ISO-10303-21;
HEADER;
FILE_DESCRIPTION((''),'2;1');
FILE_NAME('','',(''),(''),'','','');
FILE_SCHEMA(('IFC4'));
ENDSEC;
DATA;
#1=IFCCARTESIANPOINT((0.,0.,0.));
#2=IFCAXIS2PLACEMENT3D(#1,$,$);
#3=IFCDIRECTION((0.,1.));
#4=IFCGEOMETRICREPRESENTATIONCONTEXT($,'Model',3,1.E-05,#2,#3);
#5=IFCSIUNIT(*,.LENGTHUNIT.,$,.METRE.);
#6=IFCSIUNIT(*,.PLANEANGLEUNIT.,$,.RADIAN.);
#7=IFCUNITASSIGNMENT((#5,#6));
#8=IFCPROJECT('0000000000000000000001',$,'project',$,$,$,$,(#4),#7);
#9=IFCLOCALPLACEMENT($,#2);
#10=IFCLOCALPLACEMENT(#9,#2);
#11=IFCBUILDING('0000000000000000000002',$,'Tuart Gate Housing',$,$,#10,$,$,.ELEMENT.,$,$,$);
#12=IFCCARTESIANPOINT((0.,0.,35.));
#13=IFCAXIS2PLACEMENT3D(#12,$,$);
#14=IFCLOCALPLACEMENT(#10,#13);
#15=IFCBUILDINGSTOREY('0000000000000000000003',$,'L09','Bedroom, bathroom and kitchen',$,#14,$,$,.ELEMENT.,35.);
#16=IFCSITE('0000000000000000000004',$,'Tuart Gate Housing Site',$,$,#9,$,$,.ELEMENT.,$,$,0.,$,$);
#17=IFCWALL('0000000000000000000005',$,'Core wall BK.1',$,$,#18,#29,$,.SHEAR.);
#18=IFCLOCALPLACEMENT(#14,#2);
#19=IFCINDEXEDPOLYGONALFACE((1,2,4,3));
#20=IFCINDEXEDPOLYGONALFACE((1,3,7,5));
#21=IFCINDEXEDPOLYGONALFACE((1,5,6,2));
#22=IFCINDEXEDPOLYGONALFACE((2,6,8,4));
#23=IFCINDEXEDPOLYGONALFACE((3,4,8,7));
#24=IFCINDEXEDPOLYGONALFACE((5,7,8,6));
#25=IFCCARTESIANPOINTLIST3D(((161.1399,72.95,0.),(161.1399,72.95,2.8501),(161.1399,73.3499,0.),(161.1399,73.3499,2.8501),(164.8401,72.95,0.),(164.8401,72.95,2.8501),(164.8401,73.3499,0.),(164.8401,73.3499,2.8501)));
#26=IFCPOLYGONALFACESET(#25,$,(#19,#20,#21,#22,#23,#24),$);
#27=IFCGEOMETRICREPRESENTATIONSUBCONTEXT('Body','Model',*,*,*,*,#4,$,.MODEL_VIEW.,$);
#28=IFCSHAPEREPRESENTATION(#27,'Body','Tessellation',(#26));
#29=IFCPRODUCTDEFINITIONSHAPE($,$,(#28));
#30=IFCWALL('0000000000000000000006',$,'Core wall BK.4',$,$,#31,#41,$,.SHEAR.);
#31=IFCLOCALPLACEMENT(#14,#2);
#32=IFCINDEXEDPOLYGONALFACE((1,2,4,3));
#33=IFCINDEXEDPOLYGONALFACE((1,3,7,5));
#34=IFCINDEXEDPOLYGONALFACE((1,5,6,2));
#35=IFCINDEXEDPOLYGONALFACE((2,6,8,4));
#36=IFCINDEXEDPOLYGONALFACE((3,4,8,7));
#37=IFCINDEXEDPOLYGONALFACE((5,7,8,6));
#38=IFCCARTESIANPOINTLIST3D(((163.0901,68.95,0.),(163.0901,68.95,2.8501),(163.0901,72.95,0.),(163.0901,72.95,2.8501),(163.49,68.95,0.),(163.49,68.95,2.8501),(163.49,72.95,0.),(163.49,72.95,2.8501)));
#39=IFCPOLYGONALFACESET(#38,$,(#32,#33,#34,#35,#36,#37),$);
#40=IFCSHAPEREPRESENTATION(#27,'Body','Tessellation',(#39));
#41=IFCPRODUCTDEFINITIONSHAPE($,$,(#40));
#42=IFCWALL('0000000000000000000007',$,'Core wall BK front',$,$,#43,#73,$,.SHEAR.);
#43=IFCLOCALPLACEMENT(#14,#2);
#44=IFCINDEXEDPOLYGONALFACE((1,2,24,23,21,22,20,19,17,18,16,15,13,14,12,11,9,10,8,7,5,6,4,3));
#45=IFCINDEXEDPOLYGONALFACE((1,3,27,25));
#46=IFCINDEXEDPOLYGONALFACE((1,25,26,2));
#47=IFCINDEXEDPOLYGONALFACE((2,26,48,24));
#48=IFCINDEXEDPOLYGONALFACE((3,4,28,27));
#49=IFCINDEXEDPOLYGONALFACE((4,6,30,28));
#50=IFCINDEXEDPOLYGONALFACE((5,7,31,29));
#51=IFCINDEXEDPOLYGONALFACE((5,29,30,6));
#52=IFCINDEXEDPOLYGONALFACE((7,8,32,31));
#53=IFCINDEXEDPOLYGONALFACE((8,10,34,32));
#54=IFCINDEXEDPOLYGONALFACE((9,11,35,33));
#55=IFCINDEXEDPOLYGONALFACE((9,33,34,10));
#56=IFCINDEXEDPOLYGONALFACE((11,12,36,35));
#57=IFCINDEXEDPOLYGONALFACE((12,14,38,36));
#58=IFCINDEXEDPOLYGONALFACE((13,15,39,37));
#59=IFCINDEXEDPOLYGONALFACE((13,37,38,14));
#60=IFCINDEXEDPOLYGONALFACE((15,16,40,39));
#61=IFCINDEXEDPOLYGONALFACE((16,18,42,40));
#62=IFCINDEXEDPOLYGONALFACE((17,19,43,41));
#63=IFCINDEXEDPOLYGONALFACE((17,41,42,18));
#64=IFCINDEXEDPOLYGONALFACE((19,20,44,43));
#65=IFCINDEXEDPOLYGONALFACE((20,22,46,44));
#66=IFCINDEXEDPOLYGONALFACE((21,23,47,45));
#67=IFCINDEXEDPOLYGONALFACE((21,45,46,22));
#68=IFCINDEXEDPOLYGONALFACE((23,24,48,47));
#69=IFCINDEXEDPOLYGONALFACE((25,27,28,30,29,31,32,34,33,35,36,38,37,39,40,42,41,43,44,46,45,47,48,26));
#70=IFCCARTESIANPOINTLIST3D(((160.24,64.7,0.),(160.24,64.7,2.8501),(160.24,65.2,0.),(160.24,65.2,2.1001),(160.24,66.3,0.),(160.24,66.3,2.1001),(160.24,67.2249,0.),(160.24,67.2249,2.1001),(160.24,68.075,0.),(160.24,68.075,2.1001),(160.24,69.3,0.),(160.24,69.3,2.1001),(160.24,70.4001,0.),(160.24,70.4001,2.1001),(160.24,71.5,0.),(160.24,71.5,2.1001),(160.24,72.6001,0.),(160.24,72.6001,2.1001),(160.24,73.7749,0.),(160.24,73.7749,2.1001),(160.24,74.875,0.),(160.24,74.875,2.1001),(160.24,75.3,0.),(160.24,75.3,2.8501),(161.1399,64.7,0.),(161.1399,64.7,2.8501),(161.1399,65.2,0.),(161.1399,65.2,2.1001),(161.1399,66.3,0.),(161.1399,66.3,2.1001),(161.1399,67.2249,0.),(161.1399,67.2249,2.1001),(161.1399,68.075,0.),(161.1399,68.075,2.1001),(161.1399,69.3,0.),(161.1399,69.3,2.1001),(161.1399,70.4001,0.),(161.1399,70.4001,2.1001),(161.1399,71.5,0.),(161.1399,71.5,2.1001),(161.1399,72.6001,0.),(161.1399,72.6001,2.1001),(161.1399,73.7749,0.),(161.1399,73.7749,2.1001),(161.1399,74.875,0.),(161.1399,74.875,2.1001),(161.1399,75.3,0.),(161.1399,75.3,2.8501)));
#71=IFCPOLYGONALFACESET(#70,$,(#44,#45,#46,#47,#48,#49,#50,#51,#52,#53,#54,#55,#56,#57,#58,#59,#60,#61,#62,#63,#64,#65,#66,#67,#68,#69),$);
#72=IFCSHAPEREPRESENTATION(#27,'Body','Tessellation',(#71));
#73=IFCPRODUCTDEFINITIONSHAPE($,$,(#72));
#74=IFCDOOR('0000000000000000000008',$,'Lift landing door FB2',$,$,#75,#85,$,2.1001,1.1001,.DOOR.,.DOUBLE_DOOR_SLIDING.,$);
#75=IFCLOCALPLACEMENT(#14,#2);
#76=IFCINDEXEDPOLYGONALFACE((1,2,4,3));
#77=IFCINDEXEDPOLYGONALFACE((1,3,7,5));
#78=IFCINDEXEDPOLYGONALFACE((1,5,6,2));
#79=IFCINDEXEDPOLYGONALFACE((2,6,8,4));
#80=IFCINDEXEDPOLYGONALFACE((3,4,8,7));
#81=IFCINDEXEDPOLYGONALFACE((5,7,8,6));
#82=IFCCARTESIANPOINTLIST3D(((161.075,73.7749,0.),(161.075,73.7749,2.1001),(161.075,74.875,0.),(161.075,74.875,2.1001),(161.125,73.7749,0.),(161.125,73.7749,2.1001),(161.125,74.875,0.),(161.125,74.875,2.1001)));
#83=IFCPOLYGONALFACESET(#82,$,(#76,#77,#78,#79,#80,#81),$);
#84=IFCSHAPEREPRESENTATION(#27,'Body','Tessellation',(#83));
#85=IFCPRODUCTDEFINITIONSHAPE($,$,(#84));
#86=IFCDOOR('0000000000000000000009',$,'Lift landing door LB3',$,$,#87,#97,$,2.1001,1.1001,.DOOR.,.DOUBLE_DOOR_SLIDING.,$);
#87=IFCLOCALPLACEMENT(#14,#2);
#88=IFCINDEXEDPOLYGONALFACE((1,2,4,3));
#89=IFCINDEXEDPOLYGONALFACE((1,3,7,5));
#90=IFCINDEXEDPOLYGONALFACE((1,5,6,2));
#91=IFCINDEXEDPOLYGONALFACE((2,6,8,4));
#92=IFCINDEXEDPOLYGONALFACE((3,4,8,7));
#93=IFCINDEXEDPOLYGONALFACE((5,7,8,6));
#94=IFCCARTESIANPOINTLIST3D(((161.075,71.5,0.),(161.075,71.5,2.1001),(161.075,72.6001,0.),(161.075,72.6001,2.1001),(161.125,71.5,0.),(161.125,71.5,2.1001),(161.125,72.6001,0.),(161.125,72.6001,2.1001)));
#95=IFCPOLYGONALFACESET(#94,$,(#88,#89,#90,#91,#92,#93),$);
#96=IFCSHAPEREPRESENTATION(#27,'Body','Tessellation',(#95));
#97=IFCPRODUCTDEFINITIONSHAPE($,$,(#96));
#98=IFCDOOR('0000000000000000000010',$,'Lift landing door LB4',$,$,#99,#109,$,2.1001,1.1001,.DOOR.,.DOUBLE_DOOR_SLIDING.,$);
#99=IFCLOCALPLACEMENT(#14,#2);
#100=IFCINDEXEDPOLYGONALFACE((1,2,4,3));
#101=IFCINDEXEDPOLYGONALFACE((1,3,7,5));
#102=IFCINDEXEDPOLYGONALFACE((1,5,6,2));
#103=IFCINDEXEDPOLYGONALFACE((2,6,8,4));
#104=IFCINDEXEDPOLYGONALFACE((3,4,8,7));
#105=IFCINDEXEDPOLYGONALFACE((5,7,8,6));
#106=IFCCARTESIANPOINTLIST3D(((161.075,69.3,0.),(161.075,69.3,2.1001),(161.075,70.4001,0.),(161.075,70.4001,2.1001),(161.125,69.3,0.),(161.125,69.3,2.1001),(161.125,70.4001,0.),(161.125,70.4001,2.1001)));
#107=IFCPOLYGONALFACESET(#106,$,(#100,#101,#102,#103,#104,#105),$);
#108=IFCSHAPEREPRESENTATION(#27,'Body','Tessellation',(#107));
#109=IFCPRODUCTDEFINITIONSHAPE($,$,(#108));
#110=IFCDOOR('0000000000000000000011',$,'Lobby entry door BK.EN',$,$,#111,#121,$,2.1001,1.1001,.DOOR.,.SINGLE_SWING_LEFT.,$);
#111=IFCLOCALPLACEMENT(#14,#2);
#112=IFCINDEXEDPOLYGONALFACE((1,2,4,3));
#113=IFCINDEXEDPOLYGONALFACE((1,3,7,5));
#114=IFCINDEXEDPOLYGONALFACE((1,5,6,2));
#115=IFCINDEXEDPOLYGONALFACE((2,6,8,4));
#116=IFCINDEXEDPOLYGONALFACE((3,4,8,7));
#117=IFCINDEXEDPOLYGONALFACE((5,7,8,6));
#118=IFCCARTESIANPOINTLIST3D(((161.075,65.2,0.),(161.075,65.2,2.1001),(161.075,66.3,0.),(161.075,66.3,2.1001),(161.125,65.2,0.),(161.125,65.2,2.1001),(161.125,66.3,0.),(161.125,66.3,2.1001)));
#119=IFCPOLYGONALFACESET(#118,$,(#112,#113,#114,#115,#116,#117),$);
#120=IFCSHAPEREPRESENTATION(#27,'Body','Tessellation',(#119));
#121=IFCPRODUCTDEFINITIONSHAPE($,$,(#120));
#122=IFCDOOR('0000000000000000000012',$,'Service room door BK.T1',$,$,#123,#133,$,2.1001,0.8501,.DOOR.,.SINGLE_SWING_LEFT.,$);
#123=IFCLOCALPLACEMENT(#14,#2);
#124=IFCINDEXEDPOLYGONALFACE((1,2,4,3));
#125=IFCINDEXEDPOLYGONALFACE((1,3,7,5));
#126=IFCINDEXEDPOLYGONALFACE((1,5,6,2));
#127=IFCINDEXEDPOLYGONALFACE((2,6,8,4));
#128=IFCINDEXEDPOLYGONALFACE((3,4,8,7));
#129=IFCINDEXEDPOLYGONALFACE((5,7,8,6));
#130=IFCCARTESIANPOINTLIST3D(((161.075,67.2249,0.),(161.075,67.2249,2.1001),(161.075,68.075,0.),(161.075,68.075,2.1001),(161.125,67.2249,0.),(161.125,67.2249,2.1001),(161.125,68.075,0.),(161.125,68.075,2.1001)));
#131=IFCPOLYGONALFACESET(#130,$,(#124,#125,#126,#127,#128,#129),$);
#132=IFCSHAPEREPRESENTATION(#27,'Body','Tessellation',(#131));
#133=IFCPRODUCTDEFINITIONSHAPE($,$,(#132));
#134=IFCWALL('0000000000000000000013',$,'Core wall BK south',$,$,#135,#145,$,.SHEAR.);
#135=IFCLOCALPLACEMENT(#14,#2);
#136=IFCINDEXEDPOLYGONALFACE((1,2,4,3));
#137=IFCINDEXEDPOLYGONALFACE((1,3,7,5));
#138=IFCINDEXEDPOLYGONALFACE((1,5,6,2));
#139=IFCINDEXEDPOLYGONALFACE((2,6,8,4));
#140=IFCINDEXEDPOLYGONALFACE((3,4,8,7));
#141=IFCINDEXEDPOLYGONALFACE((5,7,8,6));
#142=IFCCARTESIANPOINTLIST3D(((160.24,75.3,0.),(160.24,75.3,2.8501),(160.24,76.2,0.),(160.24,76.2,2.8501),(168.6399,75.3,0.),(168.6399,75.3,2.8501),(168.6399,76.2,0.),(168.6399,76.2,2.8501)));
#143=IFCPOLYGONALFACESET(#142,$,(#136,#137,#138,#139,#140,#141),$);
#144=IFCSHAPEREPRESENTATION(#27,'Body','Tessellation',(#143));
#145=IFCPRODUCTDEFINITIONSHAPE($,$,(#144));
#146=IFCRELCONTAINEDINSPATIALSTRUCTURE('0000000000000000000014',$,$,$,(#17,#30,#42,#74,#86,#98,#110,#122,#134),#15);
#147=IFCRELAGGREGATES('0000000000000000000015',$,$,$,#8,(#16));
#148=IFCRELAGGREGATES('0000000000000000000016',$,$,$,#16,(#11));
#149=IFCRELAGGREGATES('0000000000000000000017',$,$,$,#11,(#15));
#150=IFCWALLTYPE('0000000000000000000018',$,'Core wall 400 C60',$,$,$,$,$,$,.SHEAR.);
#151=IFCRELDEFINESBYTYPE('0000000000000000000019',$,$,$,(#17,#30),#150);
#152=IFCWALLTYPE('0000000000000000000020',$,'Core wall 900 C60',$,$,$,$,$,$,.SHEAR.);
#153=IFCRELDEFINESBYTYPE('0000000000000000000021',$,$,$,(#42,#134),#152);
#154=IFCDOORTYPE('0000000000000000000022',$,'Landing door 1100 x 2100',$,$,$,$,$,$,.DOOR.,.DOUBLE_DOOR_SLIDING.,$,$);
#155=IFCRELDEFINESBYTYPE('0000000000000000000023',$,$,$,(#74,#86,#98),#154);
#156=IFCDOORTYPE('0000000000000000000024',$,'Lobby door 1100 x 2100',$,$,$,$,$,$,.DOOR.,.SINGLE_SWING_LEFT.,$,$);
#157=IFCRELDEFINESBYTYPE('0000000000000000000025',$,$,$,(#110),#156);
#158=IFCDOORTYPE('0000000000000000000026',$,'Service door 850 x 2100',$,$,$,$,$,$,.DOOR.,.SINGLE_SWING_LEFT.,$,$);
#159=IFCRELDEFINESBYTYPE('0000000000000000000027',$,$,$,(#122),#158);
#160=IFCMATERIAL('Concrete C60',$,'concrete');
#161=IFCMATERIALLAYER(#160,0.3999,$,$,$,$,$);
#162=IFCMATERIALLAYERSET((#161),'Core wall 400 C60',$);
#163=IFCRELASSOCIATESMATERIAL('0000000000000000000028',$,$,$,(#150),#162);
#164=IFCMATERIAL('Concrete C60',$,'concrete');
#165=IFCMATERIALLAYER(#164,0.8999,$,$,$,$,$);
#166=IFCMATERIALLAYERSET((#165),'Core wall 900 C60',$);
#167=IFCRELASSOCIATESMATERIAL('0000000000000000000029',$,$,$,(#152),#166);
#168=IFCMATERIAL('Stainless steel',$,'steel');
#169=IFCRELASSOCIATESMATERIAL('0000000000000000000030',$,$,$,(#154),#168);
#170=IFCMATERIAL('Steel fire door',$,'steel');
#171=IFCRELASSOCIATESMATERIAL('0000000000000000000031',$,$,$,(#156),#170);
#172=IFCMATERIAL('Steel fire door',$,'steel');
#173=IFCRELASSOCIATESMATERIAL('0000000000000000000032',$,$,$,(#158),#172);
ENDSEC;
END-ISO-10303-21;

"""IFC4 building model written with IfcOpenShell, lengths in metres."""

from ifc_helpers import new_model, si_unit, direction, frame, frame_2d, origin, place, context, subcontext, project, spatial, rectangle, extrude, material, layer, layer_set, type_object, element, fill, save


model = new_model("IFC4")

# Units and contexts
model_context = context("Model", 3, precision=1e-05, world=origin(), true_north=direction((0.0, 1.0)))
body_context = subcontext(model_context, "Body", "Model", "MODEL_VIEW")
ifc_project = project(units=[si_unit("LENGTHUNIT", "METRE"), si_unit("PLANEANGLEUNIT", "RADIAN")], contexts=[model_context])

# Site, building, storey
site_placement = place(None, origin())
site = spatial("IfcSite", under=ifc_project, at=site_placement, Name="Tuart Gate Housing Site", CompositionType="ELEMENT", RefElevation=0.0)
building_placement = place(site_placement, origin())
building = spatial("IfcBuilding", under=site, at=building_placement, Name="Tuart Gate Housing", CompositionType="ELEMENT")
storey_placement = place(building_placement, frame((0.0, 0.0, 35.0)))
storey = spatial("IfcBuildingStorey", under=building, at=storey_placement, Name="L09", Description="Bedroom, bathroom and kitchen", CompositionType="ELEMENT", Elevation=35.0)

# Walls
ifc_material_1 = material(Name="Concrete C60", Category="concrete")
ifc_layer_1 = layer(ifc_material_1, 0.3999)
ifc_layer_set_1 = layer_set([ifc_layer_1], Name="Core wall 400 C60")
wall_type_1 = type_object("IfcWallType", Name="Core wall 400 C60", PredefinedType="SHEAR", material=ifc_layer_set_1)
wall_1_placement = place(storey_placement, frame((161.1399, 73.1499, 0.0), z_axis=(0.0, 0.0, 1.0), x_axis=(1.0, 0.0, 0.0)))
element("IfcWall", 1, at=wall_1_placement, inside=storey, type_object=wall_type_1, Name="Core wall BK.1", PredefinedType="SHEAR", context=body_context, shape_type="SweptSolid", body=[
    extrude(rectangle(XDim=3.7002, YDim=0.3999, at=frame_2d((1.8501, 0.0))), origin(), (0.0, 0.0, 1.0), 2.8501),
])
wall_2_placement = place(storey_placement, frame((163.29, 72.95, 0.0), z_axis=(0.0, 0.0, 1.0), x_axis=(0.0, -1.0, 0.0)))
element("IfcWall", 2, at=wall_2_placement, inside=storey, type_object=wall_type_1, Name="Core wall BK.4", PredefinedType="SHEAR", context=body_context, shape_type="SweptSolid", body=[
    extrude(rectangle(XDim=4.0, YDim=0.3999, at=frame_2d((2.0, 0.0))), origin(), (0.0, 0.0, 1.0), 2.8501),
])

# Wall, openings, doors
ifc_material_2 = material(Name="Concrete C60", Category="concrete")
ifc_layer_2 = layer(ifc_material_2, 0.8999)
ifc_layer_set_2 = layer_set([ifc_layer_2], Name="Core wall 900 C60")
wall_type_2 = type_object("IfcWallType", Name="Core wall 900 C60", PredefinedType="SHEAR", material=ifc_layer_set_2)
wall_3_placement = place(storey_placement, frame((160.6899, 75.3, 0.0), z_axis=(0.0, 0.0, 1.0), x_axis=(0.0, -1.0, 0.0)))
wall_3 = element("IfcWall", 3, at=wall_3_placement, inside=storey, type_object=wall_type_2, Name="Core wall BK front", PredefinedType="SHEAR", context=body_context, shape_type="SweptSolid", body=[
    extrude(rectangle(XDim=10.6001, YDim=0.8999, at=frame_2d((5.3, 0.0))), origin(), (0.0, 0.0, 1.0), 2.8501),
])
opening_1_placement = place(wall_3_placement, frame((0.425, 0.0, 0.0)))
opening_1 = element("IfcOpeningElement", 4, at=opening_1_placement, cuts=wall_3, PredefinedType="OPENING", context=body_context, shape_type="SweptSolid", body=[
    extrude(rectangle(XDim=1.1001, YDim=2.1001, at=frame_2d((0.55, 1.05))), frame((0.0, 0.46, 0.0), z_axis=(0.0, -1.0, 0.0), x_axis=(1.0, 0.0, 0.0)), (0.0, 0.0, 1.0), 0.9199),
])
opening_2_placement = place(wall_3_placement, frame((2.7, 0.0, 0.0)))
opening_2 = element("IfcOpeningElement", 5, at=opening_2_placement, cuts=wall_3, PredefinedType="OPENING", context=body_context, shape_type="SweptSolid", body=[
    extrude(rectangle(XDim=1.1001, YDim=2.1001, at=frame_2d((0.55, 1.05))), frame((0.0, 0.46, 0.0), z_axis=(0.0, -1.0, 0.0), x_axis=(1.0, 0.0, 0.0)), (0.0, 0.0, 1.0), 0.9199),
])
opening_3_placement = place(wall_3_placement, frame((4.8999, 0.0, 0.0)))
opening_3 = element("IfcOpeningElement", 6, at=opening_3_placement, cuts=wall_3, PredefinedType="OPENING", context=body_context, shape_type="SweptSolid", body=[
    extrude(rectangle(XDim=1.1001, YDim=2.1001, at=frame_2d((0.55, 1.05))), frame((0.0, 0.46, 0.0), z_axis=(0.0, -1.0, 0.0), x_axis=(1.0, 0.0, 0.0)), (0.0, 0.0, 1.0), 0.9199),
])
opening_4_placement = place(wall_3_placement, frame((9.0, 0.0, 0.0)))
opening_4 = element("IfcOpeningElement", 7, at=opening_4_placement, cuts=wall_3, PredefinedType="OPENING", context=body_context, shape_type="SweptSolid", body=[
    extrude(rectangle(XDim=1.1001, YDim=2.1001, at=frame_2d((0.55, 1.05))), frame((0.0, 0.46, 0.0), z_axis=(0.0, -1.0, 0.0), x_axis=(1.0, 0.0, 0.0)), (0.0, 0.0, 1.0), 0.9199),
])
opening_5_placement = place(wall_3_placement, frame((7.2251, 0.0, 0.0)))
opening_5 = element("IfcOpeningElement", 8, at=opening_5_placement, cuts=wall_3, PredefinedType="OPENING", context=body_context, shape_type="SweptSolid", body=[
    extrude(rectangle(XDim=0.8501, YDim=2.1001, at=frame_2d((0.425, 1.05))), frame((0.0, 0.46, 0.0), z_axis=(0.0, -1.0, 0.0), x_axis=(1.0, 0.0, 0.0)), (0.0, 0.0, 1.0), 0.9199),
])
ifc_material_3 = material(Name="Stainless steel", Category="steel")
door_type_1 = type_object("IfcDoorType", Name="Landing door 1100 x 2100", OperationType="DOUBLE_DOOR_SLIDING", PredefinedType="DOOR", material=ifc_material_3)
door_1_placement = place(opening_1_placement, origin())
door_1 = element("IfcDoor", 9, at=door_1_placement, inside=storey, type_object=door_type_1, Name="Lift landing door FB2", OperationType="DOUBLE_DOOR_SLIDING", OverallHeight=2.1001, OverallWidth=1.1001, PredefinedType="DOOR", context=body_context, shape_type="SweptSolid", body=[
    extrude(rectangle(XDim=1.1001, YDim=2.1001, at=frame_2d((0.55, 1.05))), frame((0.0, 0.4351, 0.0), z_axis=(0.0, -1.0, 0.0), x_axis=(1.0, 0.0, 0.0)), (0.0, 0.0, 1.0), 0.05),
])
fill(opening_1, door_1)
door_2_placement = place(opening_2_placement, origin())
door_2 = element("IfcDoor", 10, at=door_2_placement, inside=storey, type_object=door_type_1, Name="Lift landing door LB3", OperationType="DOUBLE_DOOR_SLIDING", OverallHeight=2.1001, OverallWidth=1.1001, PredefinedType="DOOR", context=body_context, shape_type="SweptSolid", body=[
    extrude(rectangle(XDim=1.1001, YDim=2.1001, at=frame_2d((0.55, 1.05))), frame((0.0, 0.4351, 0.0), z_axis=(0.0, -1.0, 0.0), x_axis=(1.0, 0.0, 0.0)), (0.0, 0.0, 1.0), 0.05),
])
fill(opening_2, door_2)
door_3_placement = place(opening_3_placement, origin())
door_3 = element("IfcDoor", 11, at=door_3_placement, inside=storey, type_object=door_type_1, Name="Lift landing door LB4", OperationType="DOUBLE_DOOR_SLIDING", OverallHeight=2.1001, OverallWidth=1.1001, PredefinedType="DOOR", context=body_context, shape_type="SweptSolid", body=[
    extrude(rectangle(XDim=1.1001, YDim=2.1001, at=frame_2d((0.55, 1.05))), frame((0.0, 0.4351, 0.0), z_axis=(0.0, -1.0, 0.0), x_axis=(1.0, 0.0, 0.0)), (0.0, 0.0, 1.0), 0.05),
])
fill(opening_3, door_3)
ifc_material_4 = material(Name="Steel fire door", Category="steel")
door_type_2 = type_object("IfcDoorType", Name="Lobby door 1100 x 2100", OperationType="SINGLE_SWING_LEFT", PredefinedType="DOOR", material=ifc_material_4)
door_4_placement = place(opening_4_placement, origin())
door_4 = element("IfcDoor", 12, at=door_4_placement, inside=storey, type_object=door_type_2, Name="Lobby entry door BK.EN", OperationType="SINGLE_SWING_LEFT", OverallHeight=2.1001, OverallWidth=1.1001, PredefinedType="DOOR", context=body_context, shape_type="SweptSolid", body=[
    extrude(rectangle(XDim=1.1001, YDim=2.1001, at=frame_2d((0.55, 1.05))), frame((0.0, 0.4351, 0.0), z_axis=(0.0, -1.0, 0.0), x_axis=(1.0, 0.0, 0.0)), (0.0, 0.0, 1.0), 0.05),
])
fill(opening_4, door_4)
ifc_material_5 = material(Name="Steel fire door", Category="steel")
door_type_3 = type_object("IfcDoorType", Name="Service door 850 x 2100", OperationType="SINGLE_SWING_LEFT", PredefinedType="DOOR", material=ifc_material_5)
door_5_placement = place(opening_5_placement, origin())
door_5 = element("IfcDoor", 13, at=door_5_placement, inside=storey, type_object=door_type_3, Name="Service room door BK.T1", OperationType="SINGLE_SWING_LEFT", OverallHeight=2.1001, OverallWidth=0.8501, PredefinedType="DOOR", context=body_context, shape_type="SweptSolid", body=[
    extrude(rectangle(XDim=0.8501, YDim=2.1001, at=frame_2d((0.425, 1.05))), frame((0.0, 0.4351, 0.0), z_axis=(0.0, -1.0, 0.0), x_axis=(1.0, 0.0, 0.0)), (0.0, 0.0, 1.0), 0.05),
])
fill(opening_5, door_5)

# Wall
wall_4_placement = place(storey_placement, frame((160.24, 75.75, 0.0), z_axis=(0.0, 0.0, 1.0), x_axis=(1.0, 0.0, 0.0)))
element("IfcWall", 14, at=wall_4_placement, inside=storey, type_object=wall_type_2, Name="Core wall BK south", PredefinedType="SHEAR", context=body_context, shape_type="SweptSolid", body=[
    extrude(rectangle(XDim=8.3999, YDim=0.8999, at=frame_2d((4.2, 0.0))), origin(), (0.0, 0.0, 1.0), 2.8501),
])

save(model, "model.ifc")
